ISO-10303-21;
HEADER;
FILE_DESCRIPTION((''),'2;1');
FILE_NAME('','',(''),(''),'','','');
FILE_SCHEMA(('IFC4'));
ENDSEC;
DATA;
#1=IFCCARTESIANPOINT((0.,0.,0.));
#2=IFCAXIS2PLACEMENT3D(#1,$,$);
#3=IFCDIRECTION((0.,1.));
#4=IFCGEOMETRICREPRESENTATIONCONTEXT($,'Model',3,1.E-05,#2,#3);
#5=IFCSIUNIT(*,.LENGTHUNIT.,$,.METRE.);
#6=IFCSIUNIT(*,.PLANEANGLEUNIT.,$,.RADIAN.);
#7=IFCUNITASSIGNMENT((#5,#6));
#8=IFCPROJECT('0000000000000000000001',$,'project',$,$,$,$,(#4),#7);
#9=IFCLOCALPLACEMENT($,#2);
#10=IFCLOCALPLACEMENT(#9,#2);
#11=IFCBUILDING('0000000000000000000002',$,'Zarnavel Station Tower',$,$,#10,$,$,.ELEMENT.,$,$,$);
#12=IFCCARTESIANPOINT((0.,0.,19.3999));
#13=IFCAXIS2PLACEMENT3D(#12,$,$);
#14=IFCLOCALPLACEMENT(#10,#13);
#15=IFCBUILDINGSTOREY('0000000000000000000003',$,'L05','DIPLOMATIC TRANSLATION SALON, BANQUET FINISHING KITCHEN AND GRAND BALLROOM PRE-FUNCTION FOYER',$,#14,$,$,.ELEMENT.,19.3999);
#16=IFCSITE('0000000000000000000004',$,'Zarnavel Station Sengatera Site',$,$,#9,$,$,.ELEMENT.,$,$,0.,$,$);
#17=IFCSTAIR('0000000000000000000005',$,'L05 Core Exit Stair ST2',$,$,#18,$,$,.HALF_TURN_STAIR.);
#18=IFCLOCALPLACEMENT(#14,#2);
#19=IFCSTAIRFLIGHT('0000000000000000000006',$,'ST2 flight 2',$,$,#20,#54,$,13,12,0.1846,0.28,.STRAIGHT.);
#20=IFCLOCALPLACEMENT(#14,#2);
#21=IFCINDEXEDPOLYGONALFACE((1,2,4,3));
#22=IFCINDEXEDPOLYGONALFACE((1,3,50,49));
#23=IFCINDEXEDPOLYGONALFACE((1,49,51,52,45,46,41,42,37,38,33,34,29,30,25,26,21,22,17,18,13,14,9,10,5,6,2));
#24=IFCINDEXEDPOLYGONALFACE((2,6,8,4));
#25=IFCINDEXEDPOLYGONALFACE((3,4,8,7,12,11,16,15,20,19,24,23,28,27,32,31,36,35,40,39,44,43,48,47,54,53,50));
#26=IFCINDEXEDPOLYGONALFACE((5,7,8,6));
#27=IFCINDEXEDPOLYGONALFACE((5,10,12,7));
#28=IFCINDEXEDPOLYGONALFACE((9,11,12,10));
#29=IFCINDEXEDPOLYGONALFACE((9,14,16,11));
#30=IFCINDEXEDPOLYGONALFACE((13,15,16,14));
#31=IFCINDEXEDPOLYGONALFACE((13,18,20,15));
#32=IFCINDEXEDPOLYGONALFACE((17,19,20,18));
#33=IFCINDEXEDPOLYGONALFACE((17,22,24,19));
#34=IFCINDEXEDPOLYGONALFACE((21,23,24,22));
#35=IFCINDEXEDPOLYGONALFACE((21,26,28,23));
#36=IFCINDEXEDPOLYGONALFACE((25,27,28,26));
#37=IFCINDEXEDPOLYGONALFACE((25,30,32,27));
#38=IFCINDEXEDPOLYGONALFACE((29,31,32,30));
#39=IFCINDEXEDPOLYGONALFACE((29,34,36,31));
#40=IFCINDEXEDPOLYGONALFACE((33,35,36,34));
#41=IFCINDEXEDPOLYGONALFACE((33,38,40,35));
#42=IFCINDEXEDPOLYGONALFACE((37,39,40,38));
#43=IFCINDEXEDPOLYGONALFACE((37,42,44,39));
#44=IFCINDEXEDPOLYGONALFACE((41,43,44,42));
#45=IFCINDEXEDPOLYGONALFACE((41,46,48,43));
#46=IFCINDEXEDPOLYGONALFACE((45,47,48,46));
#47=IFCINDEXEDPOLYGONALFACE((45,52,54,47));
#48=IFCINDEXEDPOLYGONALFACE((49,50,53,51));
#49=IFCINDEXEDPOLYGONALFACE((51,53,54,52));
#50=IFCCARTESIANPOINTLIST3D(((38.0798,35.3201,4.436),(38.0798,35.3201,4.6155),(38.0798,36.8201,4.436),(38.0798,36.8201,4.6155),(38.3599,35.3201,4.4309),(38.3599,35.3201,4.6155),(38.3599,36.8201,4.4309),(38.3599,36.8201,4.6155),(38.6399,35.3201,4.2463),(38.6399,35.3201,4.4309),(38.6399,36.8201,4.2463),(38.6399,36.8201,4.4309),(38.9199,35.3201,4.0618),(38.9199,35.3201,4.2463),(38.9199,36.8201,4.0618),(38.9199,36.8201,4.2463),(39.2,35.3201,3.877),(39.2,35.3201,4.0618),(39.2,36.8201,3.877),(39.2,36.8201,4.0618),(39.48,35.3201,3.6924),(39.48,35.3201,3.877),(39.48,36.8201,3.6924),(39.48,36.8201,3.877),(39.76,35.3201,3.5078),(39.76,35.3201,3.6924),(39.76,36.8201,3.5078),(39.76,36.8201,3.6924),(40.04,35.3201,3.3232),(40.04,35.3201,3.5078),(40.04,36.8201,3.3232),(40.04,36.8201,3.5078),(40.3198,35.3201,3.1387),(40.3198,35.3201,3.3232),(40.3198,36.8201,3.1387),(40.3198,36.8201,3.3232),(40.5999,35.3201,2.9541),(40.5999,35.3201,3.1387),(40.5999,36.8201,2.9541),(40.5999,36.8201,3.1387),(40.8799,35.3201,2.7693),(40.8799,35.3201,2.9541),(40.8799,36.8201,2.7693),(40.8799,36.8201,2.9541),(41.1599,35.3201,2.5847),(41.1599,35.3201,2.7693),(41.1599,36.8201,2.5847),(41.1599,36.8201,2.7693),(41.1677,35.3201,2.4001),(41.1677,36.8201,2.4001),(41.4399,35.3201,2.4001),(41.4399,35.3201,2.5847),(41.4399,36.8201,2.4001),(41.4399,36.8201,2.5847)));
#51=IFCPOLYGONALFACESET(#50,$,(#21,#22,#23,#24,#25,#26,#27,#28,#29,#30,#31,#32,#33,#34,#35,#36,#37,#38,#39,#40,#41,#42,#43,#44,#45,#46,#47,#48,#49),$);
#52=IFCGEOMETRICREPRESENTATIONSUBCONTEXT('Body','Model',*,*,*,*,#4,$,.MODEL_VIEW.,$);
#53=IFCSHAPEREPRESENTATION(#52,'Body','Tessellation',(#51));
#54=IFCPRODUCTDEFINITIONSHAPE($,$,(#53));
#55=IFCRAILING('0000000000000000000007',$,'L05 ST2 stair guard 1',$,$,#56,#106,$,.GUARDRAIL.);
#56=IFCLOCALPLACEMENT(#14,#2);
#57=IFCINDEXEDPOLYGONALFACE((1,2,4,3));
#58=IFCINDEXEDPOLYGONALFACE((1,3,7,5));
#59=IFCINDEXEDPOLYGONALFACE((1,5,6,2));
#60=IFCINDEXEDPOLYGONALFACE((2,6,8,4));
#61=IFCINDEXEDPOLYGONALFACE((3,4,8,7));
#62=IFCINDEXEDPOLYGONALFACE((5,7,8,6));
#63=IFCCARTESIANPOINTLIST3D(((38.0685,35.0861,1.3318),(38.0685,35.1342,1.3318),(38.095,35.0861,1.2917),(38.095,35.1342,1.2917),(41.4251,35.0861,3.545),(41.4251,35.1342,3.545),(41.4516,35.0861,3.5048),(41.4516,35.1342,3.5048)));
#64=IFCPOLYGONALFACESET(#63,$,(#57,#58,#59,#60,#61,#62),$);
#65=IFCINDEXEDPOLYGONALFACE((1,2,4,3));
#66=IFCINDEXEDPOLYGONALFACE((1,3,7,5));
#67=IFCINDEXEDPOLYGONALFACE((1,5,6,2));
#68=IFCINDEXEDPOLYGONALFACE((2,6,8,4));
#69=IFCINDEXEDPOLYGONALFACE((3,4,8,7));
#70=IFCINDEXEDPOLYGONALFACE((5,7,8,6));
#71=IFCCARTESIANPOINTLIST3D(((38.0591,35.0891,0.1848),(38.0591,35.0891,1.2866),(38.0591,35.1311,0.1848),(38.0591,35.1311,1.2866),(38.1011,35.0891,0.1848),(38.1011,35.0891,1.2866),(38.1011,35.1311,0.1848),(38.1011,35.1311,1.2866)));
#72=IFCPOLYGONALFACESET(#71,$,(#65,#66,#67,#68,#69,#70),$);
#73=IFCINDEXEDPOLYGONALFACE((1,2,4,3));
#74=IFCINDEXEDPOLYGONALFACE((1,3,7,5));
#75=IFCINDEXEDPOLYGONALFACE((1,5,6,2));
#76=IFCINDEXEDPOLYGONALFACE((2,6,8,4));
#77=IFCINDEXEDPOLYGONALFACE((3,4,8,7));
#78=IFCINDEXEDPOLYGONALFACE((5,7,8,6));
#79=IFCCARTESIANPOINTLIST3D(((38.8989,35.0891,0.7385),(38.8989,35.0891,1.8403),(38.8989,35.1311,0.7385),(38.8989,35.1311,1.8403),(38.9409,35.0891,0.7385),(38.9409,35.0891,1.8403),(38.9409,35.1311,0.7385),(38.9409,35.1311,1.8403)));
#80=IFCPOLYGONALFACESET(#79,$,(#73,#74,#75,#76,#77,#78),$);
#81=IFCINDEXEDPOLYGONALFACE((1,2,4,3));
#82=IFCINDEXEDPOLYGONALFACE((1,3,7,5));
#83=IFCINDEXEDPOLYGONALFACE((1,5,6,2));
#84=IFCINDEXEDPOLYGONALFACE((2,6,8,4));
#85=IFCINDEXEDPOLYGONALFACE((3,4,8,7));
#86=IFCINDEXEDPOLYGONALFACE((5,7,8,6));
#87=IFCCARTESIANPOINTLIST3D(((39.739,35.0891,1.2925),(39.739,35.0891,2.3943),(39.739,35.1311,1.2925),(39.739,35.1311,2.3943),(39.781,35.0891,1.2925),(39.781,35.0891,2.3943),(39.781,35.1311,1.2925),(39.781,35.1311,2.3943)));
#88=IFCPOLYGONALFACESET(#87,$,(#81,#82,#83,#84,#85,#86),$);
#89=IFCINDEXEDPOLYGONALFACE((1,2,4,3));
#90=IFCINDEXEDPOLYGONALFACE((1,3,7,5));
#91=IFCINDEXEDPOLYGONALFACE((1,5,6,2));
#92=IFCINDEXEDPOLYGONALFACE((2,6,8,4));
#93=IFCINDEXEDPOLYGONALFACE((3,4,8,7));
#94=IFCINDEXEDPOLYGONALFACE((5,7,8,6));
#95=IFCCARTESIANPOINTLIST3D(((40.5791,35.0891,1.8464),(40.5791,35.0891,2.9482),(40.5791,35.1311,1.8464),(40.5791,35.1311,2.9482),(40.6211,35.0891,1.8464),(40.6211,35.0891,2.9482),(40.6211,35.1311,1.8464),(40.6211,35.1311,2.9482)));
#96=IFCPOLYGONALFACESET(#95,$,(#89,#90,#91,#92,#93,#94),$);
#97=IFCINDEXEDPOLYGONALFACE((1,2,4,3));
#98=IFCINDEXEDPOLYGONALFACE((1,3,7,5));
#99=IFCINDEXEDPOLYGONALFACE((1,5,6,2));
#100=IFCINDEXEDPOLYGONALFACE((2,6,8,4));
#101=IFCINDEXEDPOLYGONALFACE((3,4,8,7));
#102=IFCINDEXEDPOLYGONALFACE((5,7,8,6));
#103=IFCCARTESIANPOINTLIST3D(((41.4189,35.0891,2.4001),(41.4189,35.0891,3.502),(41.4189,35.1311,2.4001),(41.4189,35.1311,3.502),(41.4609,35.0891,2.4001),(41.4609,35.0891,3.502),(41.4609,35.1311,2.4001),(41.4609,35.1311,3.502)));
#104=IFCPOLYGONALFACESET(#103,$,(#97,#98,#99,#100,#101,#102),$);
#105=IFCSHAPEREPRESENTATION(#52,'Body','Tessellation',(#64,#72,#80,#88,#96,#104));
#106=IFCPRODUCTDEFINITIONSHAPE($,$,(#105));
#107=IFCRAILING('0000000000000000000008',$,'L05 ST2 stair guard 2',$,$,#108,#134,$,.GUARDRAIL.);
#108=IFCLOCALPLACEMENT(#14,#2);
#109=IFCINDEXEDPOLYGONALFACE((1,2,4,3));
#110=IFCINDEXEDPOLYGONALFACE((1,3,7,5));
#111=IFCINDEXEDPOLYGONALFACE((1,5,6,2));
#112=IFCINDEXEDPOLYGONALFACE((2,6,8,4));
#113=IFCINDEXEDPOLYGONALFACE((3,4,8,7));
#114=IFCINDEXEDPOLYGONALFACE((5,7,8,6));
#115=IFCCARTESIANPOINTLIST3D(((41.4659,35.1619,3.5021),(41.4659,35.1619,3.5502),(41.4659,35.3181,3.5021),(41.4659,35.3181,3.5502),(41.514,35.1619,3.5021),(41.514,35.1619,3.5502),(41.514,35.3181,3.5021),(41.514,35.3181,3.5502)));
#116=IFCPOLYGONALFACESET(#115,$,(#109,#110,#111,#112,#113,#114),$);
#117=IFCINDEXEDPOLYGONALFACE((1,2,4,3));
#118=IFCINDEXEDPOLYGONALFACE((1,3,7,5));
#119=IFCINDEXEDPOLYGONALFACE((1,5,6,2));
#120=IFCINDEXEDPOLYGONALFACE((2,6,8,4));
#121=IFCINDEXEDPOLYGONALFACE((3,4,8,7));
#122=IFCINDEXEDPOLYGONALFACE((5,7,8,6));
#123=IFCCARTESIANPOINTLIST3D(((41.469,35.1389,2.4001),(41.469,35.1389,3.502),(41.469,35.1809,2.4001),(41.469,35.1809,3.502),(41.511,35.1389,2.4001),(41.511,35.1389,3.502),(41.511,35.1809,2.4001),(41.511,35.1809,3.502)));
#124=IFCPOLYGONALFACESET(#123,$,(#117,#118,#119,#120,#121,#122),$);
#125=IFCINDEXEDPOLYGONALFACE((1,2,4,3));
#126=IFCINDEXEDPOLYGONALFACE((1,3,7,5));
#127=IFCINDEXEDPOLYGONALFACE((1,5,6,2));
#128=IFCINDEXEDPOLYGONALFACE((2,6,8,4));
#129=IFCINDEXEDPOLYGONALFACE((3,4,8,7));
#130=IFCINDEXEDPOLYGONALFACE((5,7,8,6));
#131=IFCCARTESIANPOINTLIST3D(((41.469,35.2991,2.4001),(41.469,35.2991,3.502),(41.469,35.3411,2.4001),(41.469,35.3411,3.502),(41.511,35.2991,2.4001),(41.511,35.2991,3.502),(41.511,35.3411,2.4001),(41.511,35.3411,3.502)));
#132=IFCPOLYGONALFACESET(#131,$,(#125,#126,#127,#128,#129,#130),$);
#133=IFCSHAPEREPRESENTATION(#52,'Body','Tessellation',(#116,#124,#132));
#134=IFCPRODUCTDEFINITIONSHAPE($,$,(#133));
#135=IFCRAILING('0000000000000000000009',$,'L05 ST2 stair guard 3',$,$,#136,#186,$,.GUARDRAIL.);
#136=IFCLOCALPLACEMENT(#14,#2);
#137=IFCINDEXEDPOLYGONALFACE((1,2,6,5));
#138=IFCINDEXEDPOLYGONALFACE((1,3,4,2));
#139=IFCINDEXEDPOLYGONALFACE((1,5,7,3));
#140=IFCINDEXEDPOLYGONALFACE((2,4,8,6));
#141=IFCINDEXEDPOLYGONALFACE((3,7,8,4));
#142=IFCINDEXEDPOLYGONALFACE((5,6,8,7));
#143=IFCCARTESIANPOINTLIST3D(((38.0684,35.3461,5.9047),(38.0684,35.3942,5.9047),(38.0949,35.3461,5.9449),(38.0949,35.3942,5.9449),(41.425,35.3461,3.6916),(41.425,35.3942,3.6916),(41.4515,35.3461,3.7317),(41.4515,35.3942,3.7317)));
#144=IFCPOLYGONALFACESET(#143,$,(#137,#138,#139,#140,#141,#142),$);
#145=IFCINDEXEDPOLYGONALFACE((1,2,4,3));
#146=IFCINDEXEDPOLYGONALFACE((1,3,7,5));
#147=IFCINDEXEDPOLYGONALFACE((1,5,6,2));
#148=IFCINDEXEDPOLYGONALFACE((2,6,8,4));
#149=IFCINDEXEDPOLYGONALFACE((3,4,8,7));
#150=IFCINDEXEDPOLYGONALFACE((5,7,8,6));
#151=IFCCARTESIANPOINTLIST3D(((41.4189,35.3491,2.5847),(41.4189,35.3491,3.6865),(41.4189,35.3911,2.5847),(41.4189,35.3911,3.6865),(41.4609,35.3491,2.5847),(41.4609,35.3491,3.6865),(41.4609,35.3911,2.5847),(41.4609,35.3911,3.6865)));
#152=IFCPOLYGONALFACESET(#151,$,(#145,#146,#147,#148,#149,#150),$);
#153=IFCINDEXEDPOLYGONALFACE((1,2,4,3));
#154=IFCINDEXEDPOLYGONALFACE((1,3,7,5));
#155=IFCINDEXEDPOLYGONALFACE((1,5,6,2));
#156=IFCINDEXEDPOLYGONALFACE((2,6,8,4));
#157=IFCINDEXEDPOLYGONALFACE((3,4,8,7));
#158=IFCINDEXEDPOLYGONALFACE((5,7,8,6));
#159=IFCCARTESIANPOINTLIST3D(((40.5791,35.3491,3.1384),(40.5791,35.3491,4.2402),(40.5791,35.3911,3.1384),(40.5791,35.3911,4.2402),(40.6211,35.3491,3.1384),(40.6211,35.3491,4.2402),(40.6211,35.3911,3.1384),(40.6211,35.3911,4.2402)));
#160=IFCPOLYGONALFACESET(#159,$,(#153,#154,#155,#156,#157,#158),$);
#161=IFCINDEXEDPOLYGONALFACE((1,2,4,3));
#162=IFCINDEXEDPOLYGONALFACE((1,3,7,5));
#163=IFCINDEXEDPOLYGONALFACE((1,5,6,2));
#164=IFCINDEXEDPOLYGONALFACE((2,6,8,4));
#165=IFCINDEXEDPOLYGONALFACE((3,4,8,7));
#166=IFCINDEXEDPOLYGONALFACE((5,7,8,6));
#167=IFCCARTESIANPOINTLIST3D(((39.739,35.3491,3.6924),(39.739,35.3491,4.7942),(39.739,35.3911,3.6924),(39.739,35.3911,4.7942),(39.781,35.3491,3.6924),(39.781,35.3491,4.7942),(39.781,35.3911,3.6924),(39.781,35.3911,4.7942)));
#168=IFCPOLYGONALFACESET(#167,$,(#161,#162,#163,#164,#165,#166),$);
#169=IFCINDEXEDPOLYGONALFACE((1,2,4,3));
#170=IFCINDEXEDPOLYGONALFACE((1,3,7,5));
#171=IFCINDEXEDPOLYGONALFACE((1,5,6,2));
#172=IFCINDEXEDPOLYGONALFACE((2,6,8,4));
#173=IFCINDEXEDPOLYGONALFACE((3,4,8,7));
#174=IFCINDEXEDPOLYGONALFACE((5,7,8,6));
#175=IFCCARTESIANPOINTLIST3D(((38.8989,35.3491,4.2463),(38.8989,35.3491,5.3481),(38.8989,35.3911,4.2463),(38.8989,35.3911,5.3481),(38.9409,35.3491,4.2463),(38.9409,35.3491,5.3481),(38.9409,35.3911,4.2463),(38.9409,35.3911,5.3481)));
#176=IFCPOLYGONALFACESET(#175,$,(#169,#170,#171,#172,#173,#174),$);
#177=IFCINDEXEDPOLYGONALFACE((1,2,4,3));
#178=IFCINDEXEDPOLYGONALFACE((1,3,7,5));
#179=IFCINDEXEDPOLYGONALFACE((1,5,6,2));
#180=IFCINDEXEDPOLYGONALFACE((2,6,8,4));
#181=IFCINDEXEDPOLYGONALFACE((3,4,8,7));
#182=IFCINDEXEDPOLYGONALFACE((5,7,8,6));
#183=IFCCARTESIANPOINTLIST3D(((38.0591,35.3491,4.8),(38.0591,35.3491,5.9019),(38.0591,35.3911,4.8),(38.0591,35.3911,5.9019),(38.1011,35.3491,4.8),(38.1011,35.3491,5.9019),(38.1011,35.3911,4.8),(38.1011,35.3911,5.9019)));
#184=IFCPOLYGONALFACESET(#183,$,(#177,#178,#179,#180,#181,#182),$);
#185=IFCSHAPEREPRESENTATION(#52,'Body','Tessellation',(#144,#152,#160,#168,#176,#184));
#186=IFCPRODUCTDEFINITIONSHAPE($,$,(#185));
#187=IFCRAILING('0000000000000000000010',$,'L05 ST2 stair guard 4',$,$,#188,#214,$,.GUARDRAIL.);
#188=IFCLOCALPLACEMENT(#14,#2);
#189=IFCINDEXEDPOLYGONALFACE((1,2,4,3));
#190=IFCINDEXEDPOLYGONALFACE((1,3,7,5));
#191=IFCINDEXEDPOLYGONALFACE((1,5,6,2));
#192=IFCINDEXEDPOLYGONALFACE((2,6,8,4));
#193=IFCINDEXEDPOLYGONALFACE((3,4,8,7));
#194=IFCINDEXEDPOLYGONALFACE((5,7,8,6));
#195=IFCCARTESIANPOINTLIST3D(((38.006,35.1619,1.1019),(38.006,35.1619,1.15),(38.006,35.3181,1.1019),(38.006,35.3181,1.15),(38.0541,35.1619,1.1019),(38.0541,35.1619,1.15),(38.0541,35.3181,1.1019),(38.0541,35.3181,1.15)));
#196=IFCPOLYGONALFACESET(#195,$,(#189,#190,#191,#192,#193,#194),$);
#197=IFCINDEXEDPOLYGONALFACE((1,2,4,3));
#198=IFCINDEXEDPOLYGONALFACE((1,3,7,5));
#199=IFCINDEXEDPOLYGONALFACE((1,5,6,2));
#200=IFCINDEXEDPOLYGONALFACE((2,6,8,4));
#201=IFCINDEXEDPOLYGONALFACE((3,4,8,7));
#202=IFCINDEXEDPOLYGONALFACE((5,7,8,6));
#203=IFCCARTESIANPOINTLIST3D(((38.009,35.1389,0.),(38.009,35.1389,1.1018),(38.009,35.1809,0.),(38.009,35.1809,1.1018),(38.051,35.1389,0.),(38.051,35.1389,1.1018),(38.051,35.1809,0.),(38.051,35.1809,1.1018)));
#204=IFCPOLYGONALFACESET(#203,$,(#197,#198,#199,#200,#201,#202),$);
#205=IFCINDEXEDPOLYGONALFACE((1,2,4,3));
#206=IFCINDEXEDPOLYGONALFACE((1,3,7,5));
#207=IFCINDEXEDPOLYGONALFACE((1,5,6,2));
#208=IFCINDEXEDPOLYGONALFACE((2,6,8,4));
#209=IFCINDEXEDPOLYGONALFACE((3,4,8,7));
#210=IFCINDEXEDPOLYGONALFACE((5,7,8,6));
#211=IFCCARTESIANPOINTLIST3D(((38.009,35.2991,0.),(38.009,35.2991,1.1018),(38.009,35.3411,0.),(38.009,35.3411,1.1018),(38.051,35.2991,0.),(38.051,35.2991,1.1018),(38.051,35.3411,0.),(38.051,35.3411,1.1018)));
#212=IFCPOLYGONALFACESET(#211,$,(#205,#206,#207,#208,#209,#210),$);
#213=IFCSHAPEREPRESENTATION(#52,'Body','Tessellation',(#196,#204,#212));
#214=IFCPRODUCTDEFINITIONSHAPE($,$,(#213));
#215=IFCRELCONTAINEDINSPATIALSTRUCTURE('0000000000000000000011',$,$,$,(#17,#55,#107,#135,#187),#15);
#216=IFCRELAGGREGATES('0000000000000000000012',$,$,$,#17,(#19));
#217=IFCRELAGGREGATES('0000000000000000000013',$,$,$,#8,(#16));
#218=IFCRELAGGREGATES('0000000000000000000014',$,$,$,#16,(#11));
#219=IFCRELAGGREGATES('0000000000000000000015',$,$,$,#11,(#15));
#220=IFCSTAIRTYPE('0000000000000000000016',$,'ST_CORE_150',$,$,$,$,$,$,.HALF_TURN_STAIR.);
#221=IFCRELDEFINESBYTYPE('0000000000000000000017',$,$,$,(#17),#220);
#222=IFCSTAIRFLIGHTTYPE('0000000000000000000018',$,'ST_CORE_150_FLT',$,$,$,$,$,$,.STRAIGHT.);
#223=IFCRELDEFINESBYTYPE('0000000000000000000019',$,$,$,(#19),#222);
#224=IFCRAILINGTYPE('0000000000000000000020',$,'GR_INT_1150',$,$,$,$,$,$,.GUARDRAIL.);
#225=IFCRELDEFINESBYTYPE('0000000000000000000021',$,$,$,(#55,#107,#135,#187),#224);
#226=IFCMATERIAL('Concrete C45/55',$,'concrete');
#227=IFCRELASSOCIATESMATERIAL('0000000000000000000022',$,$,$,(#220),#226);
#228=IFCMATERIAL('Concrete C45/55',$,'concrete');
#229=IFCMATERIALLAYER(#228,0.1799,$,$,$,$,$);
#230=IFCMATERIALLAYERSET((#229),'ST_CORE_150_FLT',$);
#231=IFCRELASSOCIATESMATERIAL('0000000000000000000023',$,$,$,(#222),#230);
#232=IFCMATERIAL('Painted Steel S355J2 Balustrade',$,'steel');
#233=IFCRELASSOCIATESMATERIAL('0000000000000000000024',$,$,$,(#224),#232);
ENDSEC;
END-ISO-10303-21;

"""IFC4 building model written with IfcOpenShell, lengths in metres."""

from ifc_helpers import new_model, si_unit, direction, frame, origin, origin_2d, place, context, subcontext, project, spatial, polyline, rectangle, outline, extrude, material, layer, layer_set, type_object, element, aggregate, save


model = new_model("IFC4")

# Units and contexts
model_context = context("Model", 3, precision=1e-05, world=origin(), true_north=direction((0.0, 1.0)))
body_context = subcontext(model_context, "Body", "Model", "MODEL_VIEW")
ifc_project = project(units=[si_unit("LENGTHUNIT", "METRE"), si_unit("PLANEANGLEUNIT", "RADIAN")], contexts=[model_context])

# Site, building, storey
site_placement = place(None, origin())
site = spatial("IfcSite", under=ifc_project, at=site_placement, Name="Zarnavel Station Sengatera Site", CompositionType="ELEMENT", RefElevation=0.0)
building_placement = place(site_placement, origin())
building = spatial("IfcBuilding", under=site, at=building_placement, Name="Zarnavel Station Tower", CompositionType="ELEMENT")
storey_placement = place(building_placement, frame((0.0, 0.0, 19.3999)))
storey = spatial("IfcBuildingStorey", under=building, at=storey_placement, Name="L05", Description="DIPLOMATIC TRANSLATION SALON, BANQUET FINISHING KITCHEN AND GRAND BALLROOM PRE-FUNCTION FOYER", CompositionType="ELEMENT", Elevation=19.3999)

# Stair, stair flight
ifc_material_1 = material(Name="Concrete C45/55", Category="concrete")
stair_type = type_object("IfcStairType", Name="ST_CORE_150", PredefinedType="HALF_TURN_STAIR", material=ifc_material_1)
stair_placement = place(storey_placement, origin())
stair = element("IfcStair", 1, at=stair_placement, inside=storey, type_object=stair_type, Name="L05 Core Exit Stair ST2", PredefinedType="HALF_TURN_STAIR")
ifc_material_2 = material(Name="Concrete C45/55", Category="concrete")
ifc_layer_1 = layer(ifc_material_2, 0.1799)
ifc_layer_set_1 = layer_set([ifc_layer_1], Name="ST_CORE_150_FLT")
stair_flight_type = type_object("IfcStairFlightType", Name="ST_CORE_150_FLT", PredefinedType="STRAIGHT", material=ifc_layer_set_1)
stair_flight_1_placement = place(storey_placement, frame((41.4399, 36.0701, 2.4001), z_axis=(0.0, 0.0, 1.0), x_axis=(-1.0, 0.0, 0.0)))
stair_flight_1 = element("IfcStairFlight", 2, at=stair_flight_1_placement, type_object=stair_flight_type, Name="ST2 flight 2", NumberOfRisers=13, NumberOfTreads=12, PredefinedType="STRAIGHT", RiserHeight=0.1846, TreadLength=0.28, context=body_context, shape_type="SweptSolid", body=[
    extrude(outline(polyline([(0.0, 0.0), (0.0, 0.1846), (0.28, 0.1846), (0.28, 0.3691), (0.5601, 0.3691), (0.5601, 0.554), (0.8401, 0.554), (0.8401, 0.7385), (1.1201, 0.7385), (1.1201, 0.9231), (1.3999, 0.9231), (1.3999, 1.1077), (1.6799, 1.1077), (1.6799, 1.2922), (1.96, 1.2922), (1.96, 1.4768), (2.24, 1.4768), (2.24, 1.6616), (2.52, 1.6616), (2.52, 1.8462), (2.8, 1.8462), (2.8, 2.0308), (3.0801, 2.0308), (3.0801, 2.2153), (3.3601, 2.2153), (3.3601, 2.3999), (3.3601, 2.0359), (0.2722, 0.0), (0.0, 0.0)])), frame((0.0, 0.75, 0.0), z_axis=(0.0, -1.0, 0.0), x_axis=(1.0, 0.0, 0.0)), (0.0, 0.0, 1.0), 1.5),
])
aggregate(stair, [stair_flight_1])

# Railings
ifc_material_3 = material(Name="Painted Steel S355J2 Balustrade", Category="steel")
railing_type_1 = type_object("IfcRailingType", Name="GR_INT_1150", PredefinedType="GUARDRAIL", material=ifc_material_3)
railing_1_placement = place(storey_placement, frame((38.0801, 35.1101, 0.1848)))
element("IfcRailing", 3, at=railing_1_placement, inside=storey, type_object=railing_type_1, Name="L05 ST2 stair guard 1", PredefinedType="GUARDRAIL", context=body_context, shape_type="SweptSolid", body=[
    extrude(rectangle(XDim=0.0481, YDim=0.0481, at=origin_2d()), frame((0.0017, 0.0, 1.127), z_axis=(0.834858, 0.0, 0.550465), x_axis=(0.0, 1.0, 0.0)), (0.0, 0.0, 1.0), 4.0205),
    extrude(rectangle(XDim=0.042, YDim=0.042, at=origin_2d()), origin(), (0.0, 0.0, 1.0), 1.1018),
    extrude(rectangle(XDim=0.042, YDim=0.042, at=origin_2d()), frame((0.8398, 0.0, 0.5537)), (0.0, 0.0, 1.0), 1.1018),
    extrude(rectangle(XDim=0.042, YDim=0.042, at=origin_2d()), frame((1.6799, 0.0, 1.1077)), (0.0, 0.0, 1.0), 1.1018),
    extrude(rectangle(XDim=0.042, YDim=0.042, at=origin_2d()), frame((2.52, 0.0, 1.6616)), (0.0, 0.0, 1.0), 1.1018),
    extrude(rectangle(XDim=0.042, YDim=0.042, at=origin_2d()), frame((3.3599, 0.0, 2.2153)), (0.0, 0.0, 1.0), 1.1018),
])
railing_2_placement = place(storey_placement, frame((41.49, 35.1599, 2.4001)))
element("IfcRailing", 4, at=railing_2_placement, inside=storey, type_object=railing_type_1, Name="L05 ST2 stair guard 2", PredefinedType="GUARDRAIL", context=body_context, shape_type="SweptSolid", body=[
    extrude(rectangle(XDim=0.0481, YDim=0.0481, at=origin_2d()), frame((0.0, 0.002, 1.126), z_axis=(0.0, 1.0, 0.0), x_axis=(-1.0, 0.0, 0.0)), (0.0, 0.0, 1.0), 0.1562),
    extrude(rectangle(XDim=0.042, YDim=0.042, at=origin_2d()), origin(), (0.0, 0.0, 1.0), 1.1018),
    extrude(rectangle(XDim=0.042, YDim=0.042, at=origin_2d()), frame((0.0, 0.1602, 0.0)), (0.0, 0.0, 1.0), 1.1018),
])
railing_3_placement = place(storey_placement, frame((41.4399, 35.3701, 2.5847)))
element("IfcRailing", 5, at=railing_3_placement, inside=storey, type_object=railing_type_1, Name="L05 ST2 stair guard 3", PredefinedType="GUARDRAIL", context=body_context, shape_type="SweptSolid", body=[
    extrude(rectangle(XDim=0.0481, YDim=0.0481, at=origin_2d()), frame((-0.0017, 0.0, 1.127), z_axis=(-0.834858, 0.0, 0.550465), x_axis=(0.0, -1.0, 0.0)), (0.0, 0.0, 1.0), 4.0205),
    extrude(rectangle(XDim=0.042, YDim=0.042, at=origin_2d()), origin(), (0.0, 0.0, 1.0), 1.1018),
    extrude(rectangle(XDim=0.042, YDim=0.042, at=origin_2d()), frame((-0.8398, 0.0, 0.5537)), (0.0, 0.0, 1.0), 1.1018),
    extrude(rectangle(XDim=0.042, YDim=0.042, at=origin_2d()), frame((-1.6799, 0.0, 1.1077)), (0.0, 0.0, 1.0), 1.1018),
    extrude(rectangle(XDim=0.042, YDim=0.042, at=origin_2d()), frame((-2.52, 0.0, 1.6616)), (0.0, 0.0, 1.0), 1.1018),
    extrude(rectangle(XDim=0.042, YDim=0.042, at=origin_2d()), frame((-3.3599, 0.0, 2.2153)), (0.0, 0.0, 1.0), 1.1018),
])
railing_4_placement = place(storey_placement, frame((38.03, 35.1599, 0.0)))
element("IfcRailing", 6, at=railing_4_placement, inside=storey, type_object=railing_type_1, Name="L05 ST2 stair guard 4", PredefinedType="GUARDRAIL", context=body_context, shape_type="SweptSolid", body=[
    extrude(rectangle(XDim=0.0481, YDim=0.0481, at=origin_2d()), frame((0.0, 0.002, 1.126), z_axis=(0.0, 1.0, 0.0), x_axis=(-1.0, 0.0, 0.0)), (0.0, 0.0, 1.0), 0.1562),
    extrude(rectangle(XDim=0.042, YDim=0.042, at=origin_2d()), origin(), (0.0, 0.0, 1.0), 1.1018),
    extrude(rectangle(XDim=0.042, YDim=0.042, at=origin_2d()), frame((0.0, 0.1602, 0.0)), (0.0, 0.0, 1.0), 1.1018),
])

save(model, "model.ifc")
